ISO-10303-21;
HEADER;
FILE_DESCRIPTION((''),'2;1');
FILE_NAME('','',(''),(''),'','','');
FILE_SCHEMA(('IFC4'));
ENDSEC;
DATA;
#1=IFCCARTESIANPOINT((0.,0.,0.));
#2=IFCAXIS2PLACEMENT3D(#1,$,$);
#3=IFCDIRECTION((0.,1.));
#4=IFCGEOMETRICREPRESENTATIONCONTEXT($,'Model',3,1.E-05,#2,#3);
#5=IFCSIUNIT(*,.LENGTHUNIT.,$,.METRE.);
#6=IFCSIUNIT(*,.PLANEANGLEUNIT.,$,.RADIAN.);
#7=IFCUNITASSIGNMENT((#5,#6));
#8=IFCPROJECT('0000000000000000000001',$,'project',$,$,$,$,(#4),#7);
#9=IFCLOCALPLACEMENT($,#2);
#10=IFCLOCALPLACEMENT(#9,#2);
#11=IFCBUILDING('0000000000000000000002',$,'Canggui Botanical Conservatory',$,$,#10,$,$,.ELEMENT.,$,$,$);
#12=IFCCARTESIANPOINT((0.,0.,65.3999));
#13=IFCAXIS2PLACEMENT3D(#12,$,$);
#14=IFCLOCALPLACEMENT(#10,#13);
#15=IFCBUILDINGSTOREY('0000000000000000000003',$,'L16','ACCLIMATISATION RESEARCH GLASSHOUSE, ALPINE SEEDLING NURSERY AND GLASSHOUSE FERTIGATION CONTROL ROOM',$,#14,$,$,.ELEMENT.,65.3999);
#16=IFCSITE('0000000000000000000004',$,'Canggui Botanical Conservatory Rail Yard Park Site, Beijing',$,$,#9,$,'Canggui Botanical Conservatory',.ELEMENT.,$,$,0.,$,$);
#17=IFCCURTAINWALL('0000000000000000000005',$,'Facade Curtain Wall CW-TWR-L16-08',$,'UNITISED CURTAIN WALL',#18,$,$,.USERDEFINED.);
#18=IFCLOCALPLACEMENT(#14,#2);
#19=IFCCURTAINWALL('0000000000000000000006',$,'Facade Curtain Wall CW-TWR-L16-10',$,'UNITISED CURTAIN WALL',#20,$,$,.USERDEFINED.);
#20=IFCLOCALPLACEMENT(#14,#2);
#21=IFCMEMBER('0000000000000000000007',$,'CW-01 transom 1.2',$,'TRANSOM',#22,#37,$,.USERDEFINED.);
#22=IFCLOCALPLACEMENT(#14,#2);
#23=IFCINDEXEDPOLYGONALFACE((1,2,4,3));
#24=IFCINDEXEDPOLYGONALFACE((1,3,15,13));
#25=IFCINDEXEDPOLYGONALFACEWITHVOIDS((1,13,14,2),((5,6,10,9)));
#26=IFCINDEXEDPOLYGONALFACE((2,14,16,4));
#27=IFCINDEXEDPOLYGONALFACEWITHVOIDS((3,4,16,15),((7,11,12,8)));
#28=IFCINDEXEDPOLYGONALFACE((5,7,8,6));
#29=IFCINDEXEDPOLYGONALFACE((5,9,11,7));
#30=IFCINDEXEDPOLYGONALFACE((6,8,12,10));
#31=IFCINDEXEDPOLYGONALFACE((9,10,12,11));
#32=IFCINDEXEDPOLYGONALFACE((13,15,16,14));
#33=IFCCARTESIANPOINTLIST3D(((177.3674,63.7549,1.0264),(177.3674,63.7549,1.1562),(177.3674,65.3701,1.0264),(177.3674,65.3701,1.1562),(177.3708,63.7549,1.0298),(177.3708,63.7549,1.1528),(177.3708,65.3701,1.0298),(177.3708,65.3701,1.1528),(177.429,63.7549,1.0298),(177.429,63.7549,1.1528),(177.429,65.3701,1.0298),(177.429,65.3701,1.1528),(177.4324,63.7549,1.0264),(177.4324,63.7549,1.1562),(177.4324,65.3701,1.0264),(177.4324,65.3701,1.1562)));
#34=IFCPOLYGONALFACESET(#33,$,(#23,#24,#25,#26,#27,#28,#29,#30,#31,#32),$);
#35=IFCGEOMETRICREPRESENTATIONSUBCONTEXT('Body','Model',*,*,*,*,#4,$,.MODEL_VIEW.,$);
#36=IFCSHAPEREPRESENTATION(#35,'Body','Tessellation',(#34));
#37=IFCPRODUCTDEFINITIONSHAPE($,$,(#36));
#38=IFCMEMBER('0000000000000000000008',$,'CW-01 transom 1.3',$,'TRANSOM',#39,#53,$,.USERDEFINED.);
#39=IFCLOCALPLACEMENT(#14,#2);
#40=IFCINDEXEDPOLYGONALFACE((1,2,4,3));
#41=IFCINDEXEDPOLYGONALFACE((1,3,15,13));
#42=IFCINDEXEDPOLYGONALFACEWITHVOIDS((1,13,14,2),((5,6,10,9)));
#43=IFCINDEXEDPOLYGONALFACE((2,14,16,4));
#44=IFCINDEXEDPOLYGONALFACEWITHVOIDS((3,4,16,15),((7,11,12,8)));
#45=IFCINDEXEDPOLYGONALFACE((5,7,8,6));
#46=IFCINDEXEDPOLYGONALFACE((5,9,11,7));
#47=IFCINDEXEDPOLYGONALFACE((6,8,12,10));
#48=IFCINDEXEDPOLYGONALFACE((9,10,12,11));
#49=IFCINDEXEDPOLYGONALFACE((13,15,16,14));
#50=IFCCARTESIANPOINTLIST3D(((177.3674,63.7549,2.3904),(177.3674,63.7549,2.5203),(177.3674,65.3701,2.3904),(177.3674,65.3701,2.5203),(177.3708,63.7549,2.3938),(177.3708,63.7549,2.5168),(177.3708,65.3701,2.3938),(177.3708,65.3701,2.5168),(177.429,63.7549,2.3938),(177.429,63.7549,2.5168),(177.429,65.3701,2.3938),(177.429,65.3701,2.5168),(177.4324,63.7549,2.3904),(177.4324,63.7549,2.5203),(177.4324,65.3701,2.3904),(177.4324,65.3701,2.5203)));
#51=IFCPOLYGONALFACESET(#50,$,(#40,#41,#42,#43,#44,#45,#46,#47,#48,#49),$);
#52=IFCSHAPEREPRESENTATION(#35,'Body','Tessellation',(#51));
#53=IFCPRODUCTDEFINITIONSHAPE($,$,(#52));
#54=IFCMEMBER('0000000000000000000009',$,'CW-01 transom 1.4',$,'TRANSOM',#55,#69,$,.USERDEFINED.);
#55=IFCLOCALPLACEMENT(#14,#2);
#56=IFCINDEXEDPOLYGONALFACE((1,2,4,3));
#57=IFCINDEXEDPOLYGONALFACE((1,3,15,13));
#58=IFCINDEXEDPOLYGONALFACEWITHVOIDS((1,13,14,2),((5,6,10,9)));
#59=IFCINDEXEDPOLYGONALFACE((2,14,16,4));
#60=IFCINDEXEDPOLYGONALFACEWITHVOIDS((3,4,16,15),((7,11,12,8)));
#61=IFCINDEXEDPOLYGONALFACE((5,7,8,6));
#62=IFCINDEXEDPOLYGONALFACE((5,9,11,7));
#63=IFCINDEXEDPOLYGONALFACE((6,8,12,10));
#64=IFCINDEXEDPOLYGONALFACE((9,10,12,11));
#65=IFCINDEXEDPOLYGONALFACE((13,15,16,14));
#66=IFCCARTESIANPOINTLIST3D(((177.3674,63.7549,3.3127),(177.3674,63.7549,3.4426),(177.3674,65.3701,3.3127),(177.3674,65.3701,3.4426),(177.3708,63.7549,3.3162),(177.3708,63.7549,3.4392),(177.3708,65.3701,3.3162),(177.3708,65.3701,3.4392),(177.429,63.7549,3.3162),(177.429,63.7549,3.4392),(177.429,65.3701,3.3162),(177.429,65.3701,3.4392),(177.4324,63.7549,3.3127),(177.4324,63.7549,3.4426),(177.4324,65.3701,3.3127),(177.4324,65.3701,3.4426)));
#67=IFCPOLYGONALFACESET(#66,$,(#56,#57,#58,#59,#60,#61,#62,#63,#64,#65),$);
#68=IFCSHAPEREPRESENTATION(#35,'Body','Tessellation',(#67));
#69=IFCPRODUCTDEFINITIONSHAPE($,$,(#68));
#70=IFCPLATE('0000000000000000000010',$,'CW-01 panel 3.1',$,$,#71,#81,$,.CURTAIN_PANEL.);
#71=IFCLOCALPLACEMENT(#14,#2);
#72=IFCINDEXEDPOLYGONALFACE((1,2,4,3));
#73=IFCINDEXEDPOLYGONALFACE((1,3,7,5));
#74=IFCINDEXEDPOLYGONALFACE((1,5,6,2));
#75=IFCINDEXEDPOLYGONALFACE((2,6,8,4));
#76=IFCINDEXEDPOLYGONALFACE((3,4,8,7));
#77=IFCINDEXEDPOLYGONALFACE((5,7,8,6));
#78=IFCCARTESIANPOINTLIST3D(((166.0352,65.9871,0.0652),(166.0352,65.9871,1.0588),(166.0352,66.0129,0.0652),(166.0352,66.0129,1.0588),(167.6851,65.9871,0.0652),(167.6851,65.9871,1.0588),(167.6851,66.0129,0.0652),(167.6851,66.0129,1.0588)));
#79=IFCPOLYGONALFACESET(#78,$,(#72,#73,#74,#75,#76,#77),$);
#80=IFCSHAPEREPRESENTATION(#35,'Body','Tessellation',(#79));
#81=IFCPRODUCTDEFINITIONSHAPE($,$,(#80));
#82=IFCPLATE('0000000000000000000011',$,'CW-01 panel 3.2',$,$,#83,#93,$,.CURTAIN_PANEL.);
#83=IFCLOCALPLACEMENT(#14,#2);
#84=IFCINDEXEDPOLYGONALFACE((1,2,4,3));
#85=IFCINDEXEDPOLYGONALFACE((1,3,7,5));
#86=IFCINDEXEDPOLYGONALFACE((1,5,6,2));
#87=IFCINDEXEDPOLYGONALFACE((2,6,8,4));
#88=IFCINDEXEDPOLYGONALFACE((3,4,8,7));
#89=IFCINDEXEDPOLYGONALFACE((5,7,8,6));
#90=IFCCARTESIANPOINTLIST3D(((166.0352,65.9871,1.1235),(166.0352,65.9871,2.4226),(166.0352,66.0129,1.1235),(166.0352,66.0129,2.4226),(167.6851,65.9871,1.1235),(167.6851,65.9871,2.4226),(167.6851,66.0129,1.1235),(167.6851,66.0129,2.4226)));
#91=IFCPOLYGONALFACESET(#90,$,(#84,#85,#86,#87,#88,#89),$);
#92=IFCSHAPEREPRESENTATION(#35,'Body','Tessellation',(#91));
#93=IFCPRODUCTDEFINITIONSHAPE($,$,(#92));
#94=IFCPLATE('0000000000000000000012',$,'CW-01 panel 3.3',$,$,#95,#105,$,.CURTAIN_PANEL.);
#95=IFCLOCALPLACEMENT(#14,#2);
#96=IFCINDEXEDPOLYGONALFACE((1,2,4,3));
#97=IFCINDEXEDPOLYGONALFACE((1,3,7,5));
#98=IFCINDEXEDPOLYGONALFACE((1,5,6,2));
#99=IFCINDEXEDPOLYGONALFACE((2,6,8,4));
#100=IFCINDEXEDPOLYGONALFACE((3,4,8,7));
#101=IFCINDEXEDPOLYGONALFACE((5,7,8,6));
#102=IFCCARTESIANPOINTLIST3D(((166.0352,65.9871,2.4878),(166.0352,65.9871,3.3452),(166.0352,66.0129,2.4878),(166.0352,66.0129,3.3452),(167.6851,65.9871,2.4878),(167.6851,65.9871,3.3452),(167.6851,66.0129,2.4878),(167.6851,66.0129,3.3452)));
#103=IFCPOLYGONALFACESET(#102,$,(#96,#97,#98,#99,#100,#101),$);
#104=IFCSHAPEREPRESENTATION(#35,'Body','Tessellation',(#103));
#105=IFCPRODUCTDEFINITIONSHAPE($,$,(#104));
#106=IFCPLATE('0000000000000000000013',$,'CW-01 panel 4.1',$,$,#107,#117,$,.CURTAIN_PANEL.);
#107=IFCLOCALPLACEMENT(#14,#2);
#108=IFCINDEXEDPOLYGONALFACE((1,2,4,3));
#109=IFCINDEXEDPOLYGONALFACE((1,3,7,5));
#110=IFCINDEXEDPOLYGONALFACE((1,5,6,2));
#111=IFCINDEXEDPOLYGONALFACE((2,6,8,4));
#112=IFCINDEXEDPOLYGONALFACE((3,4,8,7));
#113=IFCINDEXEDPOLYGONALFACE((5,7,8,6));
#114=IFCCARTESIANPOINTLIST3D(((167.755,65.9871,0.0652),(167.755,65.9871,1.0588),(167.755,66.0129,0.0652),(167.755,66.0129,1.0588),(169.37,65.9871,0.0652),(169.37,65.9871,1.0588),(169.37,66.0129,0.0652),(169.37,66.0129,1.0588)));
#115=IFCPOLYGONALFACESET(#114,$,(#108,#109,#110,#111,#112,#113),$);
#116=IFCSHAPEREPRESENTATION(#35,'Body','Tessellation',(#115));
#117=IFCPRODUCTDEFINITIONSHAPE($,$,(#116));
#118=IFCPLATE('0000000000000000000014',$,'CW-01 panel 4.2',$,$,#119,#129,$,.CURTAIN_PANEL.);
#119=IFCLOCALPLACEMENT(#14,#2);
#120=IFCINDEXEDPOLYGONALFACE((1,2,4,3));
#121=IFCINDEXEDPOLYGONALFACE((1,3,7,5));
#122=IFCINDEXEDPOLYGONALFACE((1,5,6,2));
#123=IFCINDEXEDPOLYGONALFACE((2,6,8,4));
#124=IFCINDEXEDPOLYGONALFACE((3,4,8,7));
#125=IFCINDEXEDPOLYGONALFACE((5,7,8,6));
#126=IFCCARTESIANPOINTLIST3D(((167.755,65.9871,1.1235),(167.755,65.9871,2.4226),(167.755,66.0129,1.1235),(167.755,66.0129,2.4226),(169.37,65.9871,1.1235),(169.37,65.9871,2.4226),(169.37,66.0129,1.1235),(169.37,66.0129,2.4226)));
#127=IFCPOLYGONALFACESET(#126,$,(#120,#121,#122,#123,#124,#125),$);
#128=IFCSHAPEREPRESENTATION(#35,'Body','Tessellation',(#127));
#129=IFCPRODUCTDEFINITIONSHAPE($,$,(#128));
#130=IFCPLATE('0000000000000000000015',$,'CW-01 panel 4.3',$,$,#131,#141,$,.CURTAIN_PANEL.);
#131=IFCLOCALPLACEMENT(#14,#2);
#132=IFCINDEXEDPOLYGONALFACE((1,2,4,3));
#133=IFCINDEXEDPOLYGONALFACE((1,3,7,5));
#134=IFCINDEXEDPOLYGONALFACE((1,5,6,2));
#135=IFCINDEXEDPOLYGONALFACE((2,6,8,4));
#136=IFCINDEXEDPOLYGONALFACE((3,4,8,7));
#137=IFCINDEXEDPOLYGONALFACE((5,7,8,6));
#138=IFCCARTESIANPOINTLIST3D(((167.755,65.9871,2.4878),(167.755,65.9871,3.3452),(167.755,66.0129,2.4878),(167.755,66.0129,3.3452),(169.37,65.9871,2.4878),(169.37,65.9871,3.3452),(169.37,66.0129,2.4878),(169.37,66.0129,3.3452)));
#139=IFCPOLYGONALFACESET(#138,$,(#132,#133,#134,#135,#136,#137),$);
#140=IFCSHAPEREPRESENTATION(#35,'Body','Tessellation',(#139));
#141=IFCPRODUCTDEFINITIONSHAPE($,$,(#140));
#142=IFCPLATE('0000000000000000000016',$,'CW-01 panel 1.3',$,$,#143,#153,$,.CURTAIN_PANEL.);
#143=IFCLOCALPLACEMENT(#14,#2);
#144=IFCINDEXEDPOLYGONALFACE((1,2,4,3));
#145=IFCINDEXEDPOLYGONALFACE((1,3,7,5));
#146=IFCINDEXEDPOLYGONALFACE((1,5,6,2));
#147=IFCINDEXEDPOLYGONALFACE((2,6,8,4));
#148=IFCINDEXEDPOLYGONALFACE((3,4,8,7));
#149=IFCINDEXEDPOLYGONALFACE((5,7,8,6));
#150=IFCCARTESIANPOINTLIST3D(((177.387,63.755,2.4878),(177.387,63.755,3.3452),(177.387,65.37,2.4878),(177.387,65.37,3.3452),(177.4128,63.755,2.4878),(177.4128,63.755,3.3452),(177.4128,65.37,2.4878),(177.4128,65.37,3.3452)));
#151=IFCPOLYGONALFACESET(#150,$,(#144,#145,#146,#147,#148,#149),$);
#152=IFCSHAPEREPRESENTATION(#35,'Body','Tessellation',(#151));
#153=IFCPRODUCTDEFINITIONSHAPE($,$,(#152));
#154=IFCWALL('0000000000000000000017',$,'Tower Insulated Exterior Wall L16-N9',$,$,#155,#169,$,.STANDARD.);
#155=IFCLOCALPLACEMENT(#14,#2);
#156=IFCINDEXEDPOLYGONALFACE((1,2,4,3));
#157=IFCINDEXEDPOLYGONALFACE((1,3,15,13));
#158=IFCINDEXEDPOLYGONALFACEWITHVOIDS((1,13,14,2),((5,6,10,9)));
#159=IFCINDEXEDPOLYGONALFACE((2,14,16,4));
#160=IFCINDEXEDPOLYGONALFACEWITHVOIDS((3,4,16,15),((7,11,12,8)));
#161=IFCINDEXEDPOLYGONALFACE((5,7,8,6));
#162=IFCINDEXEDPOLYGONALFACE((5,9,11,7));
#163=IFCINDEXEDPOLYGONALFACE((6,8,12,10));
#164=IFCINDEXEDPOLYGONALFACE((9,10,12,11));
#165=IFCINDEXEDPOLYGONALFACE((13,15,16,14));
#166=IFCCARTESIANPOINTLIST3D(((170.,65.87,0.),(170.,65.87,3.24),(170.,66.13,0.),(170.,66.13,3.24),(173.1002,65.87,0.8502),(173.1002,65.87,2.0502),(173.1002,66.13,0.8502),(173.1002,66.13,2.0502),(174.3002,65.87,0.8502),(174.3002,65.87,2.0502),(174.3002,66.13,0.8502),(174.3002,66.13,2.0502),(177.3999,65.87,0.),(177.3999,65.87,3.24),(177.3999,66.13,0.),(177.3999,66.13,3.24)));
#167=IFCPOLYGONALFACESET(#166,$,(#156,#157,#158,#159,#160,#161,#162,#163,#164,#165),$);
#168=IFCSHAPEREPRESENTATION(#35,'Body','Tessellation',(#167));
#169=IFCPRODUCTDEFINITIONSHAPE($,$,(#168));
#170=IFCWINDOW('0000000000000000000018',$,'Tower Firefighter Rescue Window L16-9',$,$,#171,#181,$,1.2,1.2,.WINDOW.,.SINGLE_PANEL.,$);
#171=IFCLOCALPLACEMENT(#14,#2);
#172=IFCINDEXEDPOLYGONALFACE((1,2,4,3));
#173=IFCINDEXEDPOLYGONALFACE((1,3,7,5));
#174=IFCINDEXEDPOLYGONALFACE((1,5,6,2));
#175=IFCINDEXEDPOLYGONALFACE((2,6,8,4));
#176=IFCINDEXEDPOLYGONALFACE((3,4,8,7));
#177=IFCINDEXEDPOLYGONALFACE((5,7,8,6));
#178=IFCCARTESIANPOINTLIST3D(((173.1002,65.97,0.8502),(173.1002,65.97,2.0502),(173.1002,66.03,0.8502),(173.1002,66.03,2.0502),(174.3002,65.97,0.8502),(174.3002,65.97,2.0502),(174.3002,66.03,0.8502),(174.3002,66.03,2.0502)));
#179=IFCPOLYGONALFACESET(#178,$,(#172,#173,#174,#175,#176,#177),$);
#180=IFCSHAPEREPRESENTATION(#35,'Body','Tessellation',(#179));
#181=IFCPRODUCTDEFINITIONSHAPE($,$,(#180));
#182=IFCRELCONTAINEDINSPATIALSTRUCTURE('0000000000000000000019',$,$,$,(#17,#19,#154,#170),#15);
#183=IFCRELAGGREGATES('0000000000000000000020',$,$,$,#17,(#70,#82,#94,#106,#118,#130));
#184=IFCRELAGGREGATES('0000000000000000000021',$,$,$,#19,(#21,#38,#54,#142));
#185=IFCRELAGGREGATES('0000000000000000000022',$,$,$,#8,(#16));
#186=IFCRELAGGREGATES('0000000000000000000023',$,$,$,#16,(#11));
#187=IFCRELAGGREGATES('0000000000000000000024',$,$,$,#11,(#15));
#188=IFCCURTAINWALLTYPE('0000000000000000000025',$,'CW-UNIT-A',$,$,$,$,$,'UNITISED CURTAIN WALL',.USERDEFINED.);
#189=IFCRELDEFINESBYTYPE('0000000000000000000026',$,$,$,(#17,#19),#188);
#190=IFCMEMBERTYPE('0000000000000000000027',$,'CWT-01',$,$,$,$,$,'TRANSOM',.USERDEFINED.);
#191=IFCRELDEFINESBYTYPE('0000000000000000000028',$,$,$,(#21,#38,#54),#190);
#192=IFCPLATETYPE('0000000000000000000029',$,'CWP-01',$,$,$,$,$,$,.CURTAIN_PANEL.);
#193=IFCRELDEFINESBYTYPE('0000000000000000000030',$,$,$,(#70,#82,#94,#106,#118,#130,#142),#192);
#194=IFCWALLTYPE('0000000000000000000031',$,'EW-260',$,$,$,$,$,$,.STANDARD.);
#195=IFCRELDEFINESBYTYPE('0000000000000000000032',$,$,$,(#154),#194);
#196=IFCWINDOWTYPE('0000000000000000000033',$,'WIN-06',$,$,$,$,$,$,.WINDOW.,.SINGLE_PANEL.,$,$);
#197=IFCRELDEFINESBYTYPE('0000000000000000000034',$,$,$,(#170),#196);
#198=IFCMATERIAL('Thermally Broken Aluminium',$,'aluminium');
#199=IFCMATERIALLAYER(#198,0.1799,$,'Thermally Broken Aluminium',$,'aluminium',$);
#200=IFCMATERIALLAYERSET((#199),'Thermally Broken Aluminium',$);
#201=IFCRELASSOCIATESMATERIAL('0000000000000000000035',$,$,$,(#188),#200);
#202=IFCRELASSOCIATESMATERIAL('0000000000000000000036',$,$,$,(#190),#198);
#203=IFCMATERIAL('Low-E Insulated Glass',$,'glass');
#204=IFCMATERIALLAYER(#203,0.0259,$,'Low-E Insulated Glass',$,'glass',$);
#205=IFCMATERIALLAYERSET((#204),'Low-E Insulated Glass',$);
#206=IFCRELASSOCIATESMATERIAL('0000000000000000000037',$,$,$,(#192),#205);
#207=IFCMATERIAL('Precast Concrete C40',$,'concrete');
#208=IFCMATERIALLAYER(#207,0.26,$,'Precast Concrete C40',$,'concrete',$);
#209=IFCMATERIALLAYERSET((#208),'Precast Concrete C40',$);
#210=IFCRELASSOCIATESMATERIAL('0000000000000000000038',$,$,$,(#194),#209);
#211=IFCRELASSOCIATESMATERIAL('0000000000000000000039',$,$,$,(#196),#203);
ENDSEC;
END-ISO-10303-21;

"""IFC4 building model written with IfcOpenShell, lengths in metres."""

from ifc_helpers import new_model, si_unit, direction, frame, frame_2d, origin, origin_2d, place, context, subcontext, project, spatial, rectangle, hollow_rectangle, extrude, material, layer, layer_set, material_profile, profile_set, type_object, element, fill, aggregate, save


model = new_model("IFC4")

# Units and contexts
model_context = context("Model", 3, precision=1e-05, world=origin(), true_north=direction((0.0, 1.0)))
body_context = subcontext(model_context, "Body", "Model", "MODEL_VIEW")
ifc_project = project(units=[si_unit("LENGTHUNIT", "METRE"), si_unit("PLANEANGLEUNIT", "RADIAN")], contexts=[model_context])

# Site, building, storey
site_placement = place(None, origin())
site = spatial("IfcSite", under=ifc_project, at=site_placement, Name="Canggui Botanical Conservatory Rail Yard Park Site, Beijing", LongName="Canggui Botanical Conservatory", CompositionType="ELEMENT", RefElevation=0.0)
building_placement = place(site_placement, origin())
building = spatial("IfcBuilding", under=site, at=building_placement, Name="Canggui Botanical Conservatory", CompositionType="ELEMENT")
storey_placement = place(building_placement, frame((0.0, 0.0, 65.3999)))
storey = spatial("IfcBuildingStorey", under=building, at=storey_placement, Name="L16", Description="ACCLIMATISATION RESEARCH GLASSHOUSE, ALPINE SEEDLING NURSERY AND GLASSHOUSE FERTIGATION CONTROL ROOM", CompositionType="ELEMENT", Elevation=65.3999)

# Curtain wall
ifc_material_1 = material(Name="Thermally Broken Aluminium", Category="aluminium")
ifc_layer_1 = layer(ifc_material_1, 0.1799, Name="Thermally Broken Aluminium", Category="aluminium")
ifc_layer_set_1 = layer_set([ifc_layer_1], Name="Thermally Broken Aluminium")
curtain_wall_type = type_object("IfcCurtainWallType", Name="CW-UNIT-A", ElementType="UNITISED CURTAIN WALL", PredefinedType="USERDEFINED", material=ifc_layer_set_1)
curtain_wall_1_placement = place(storey_placement, origin())
curtain_wall_1 = element("IfcCurtainWall", 1, at=curtain_wall_1_placement, inside=storey, type_object=curtain_wall_type, Name="Facade Curtain Wall CW-TWR-L16-08", ObjectType="UNITISED CURTAIN WALL", PredefinedType="USERDEFINED")

# Curtain wall
curtain_wall_2_placement = place(storey_placement, origin())
curtain_wall_2 = element("IfcCurtainWall", 2, at=curtain_wall_2_placement, inside=storey, type_object=curtain_wall_type, Name="Facade Curtain Wall CW-TWR-L16-10", ObjectType="UNITISED CURTAIN WALL", PredefinedType="USERDEFINED")

# Members
ifc_material_profile_1 = material_profile(ifc_material_1, hollow_rectangle(XDim=0.0649, YDim=0.1299, WallThickness=0.0034, at=origin_2d()), Name="CWT 65x130x3.5")
ifc_profile_set_1 = profile_set([ifc_material_profile_1], Name="Thermally Broken Aluminium")
member_type_1 = type_object("IfcMemberType", Name="CWT-01", ElementType="TRANSOM", PredefinedType="USERDEFINED", material=ifc_profile_set_1)
member_1_placement = place(storey_placement, frame((177.3999, 65.3701, 1.0913), z_axis=(0.0, -1.0, 0.0), x_axis=(1.0, 0.0, 0.0)))
member_1 = element("IfcMember", 3, at=member_1_placement, type_object=member_type_1, Name="CW-01 transom 1.2", ObjectType="TRANSOM", PredefinedType="USERDEFINED", context=body_context, shape_type="SweptSolid", body=[
    extrude(hollow_rectangle(XDim=0.0649, YDim=0.1299, WallThickness=0.0034, at=origin_2d()), origin(), (0.0, 0.0, 1.0), 1.6152),
])
member_2_placement = place(storey_placement, frame((177.3999, 65.3701, 2.4553), z_axis=(0.0, -1.0, 0.0), x_axis=(1.0, 0.0, 0.0)))
member_2 = element("IfcMember", 4, at=member_2_placement, type_object=member_type_1, Name="CW-01 transom 1.3", ObjectType="TRANSOM", PredefinedType="USERDEFINED", context=body_context, shape_type="SweptSolid", body=[
    extrude(hollow_rectangle(XDim=0.0649, YDim=0.1299, WallThickness=0.0034, at=origin_2d()), origin(), (0.0, 0.0, 1.0), 1.6152),
])
member_3_placement = place(storey_placement, frame((177.3999, 65.3701, 3.3777), z_axis=(0.0, -1.0, 0.0), x_axis=(1.0, 0.0, 0.0)))
member_3 = element("IfcMember", 5, at=member_3_placement, type_object=member_type_1, Name="CW-01 transom 1.4", ObjectType="TRANSOM", PredefinedType="USERDEFINED", context=body_context, shape_type="SweptSolid", body=[
    extrude(hollow_rectangle(XDim=0.0649, YDim=0.1299, WallThickness=0.0034, at=origin_2d()), origin(), (0.0, 0.0, 1.0), 1.6152),
])

# Plates
ifc_material_2 = material(Name="Low-E Insulated Glass", Category="glass")
ifc_layer_2 = layer(ifc_material_2, 0.0259, Name="Low-E Insulated Glass", Category="glass")
ifc_layer_set_2 = layer_set([ifc_layer_2], Name="Low-E Insulated Glass")
plate_type = type_object("IfcPlateType", Name="CWP-01", PredefinedType="CURTAIN_PANEL", material=ifc_layer_set_2)
plate_1_placement = place(storey_placement, frame((166.8601, 66.0, 0.0652), z_axis=(0.0, 0.0, 1.0), x_axis=(1.0, 0.0, 0.0)))
plate_1 = element("IfcPlate", 6, at=plate_1_placement, type_object=plate_type, Name="CW-01 panel 3.1", PredefinedType="CURTAIN_PANEL", context=body_context, shape_type="SweptSolid", body=[
    extrude(rectangle(XDim=1.6499, YDim=0.0259, at=origin_2d()), origin(), (0.0, 0.0, 1.0), 0.9937),
])
plate_2_placement = place(storey_placement, frame((166.8601, 66.0, 1.1235), z_axis=(0.0, 0.0, 1.0), x_axis=(1.0, 0.0, 0.0)))
plate_2 = element("IfcPlate", 7, at=plate_2_placement, type_object=plate_type, Name="CW-01 panel 3.2", PredefinedType="CURTAIN_PANEL", context=body_context, shape_type="SweptSolid", body=[
    extrude(rectangle(XDim=1.6499, YDim=0.0259, at=origin_2d()), origin(), (0.0, 0.0, 1.0), 1.2991),
])
plate_3_placement = place(storey_placement, frame((166.8601, 66.0, 2.4878), z_axis=(0.0, 0.0, 1.0), x_axis=(1.0, 0.0, 0.0)))
plate_3 = element("IfcPlate", 8, at=plate_3_placement, type_object=plate_type, Name="CW-01 panel 3.3", PredefinedType="CURTAIN_PANEL", context=body_context, shape_type="SweptSolid", body=[
    extrude(rectangle(XDim=1.6499, YDim=0.0259, at=origin_2d()), origin(), (0.0, 0.0, 1.0), 0.8574),
])
plate_4_placement = place(storey_placement, frame((168.5625, 66.0, 0.0652), z_axis=(0.0, 0.0, 1.0), x_axis=(1.0, 0.0, 0.0)))
plate_4 = element("IfcPlate", 9, at=plate_4_placement, type_object=plate_type, Name="CW-01 panel 4.1", PredefinedType="CURTAIN_PANEL", context=body_context, shape_type="SweptSolid", body=[
    extrude(rectangle(XDim=1.615, YDim=0.0259, at=origin_2d()), origin(), (0.0, 0.0, 1.0), 0.9937),
])
plate_5_placement = place(storey_placement, frame((168.5625, 66.0, 1.1235), z_axis=(0.0, 0.0, 1.0), x_axis=(1.0, 0.0, 0.0)))
plate_5 = element("IfcPlate", 10, at=plate_5_placement, type_object=plate_type, Name="CW-01 panel 4.2", PredefinedType="CURTAIN_PANEL", context=body_context, shape_type="SweptSolid", body=[
    extrude(rectangle(XDim=1.615, YDim=0.0259, at=origin_2d()), origin(), (0.0, 0.0, 1.0), 1.2991),
])
plate_6_placement = place(storey_placement, frame((168.5625, 66.0, 2.4878), z_axis=(0.0, 0.0, 1.0), x_axis=(1.0, 0.0, 0.0)))
plate_6 = element("IfcPlate", 11, at=plate_6_placement, type_object=plate_type, Name="CW-01 panel 4.3", PredefinedType="CURTAIN_PANEL", context=body_context, shape_type="SweptSolid", body=[
    extrude(rectangle(XDim=1.615, YDim=0.0259, at=origin_2d()), origin(), (0.0, 0.0, 1.0), 0.8574),
])
aggregate(curtain_wall_1, [plate_1, plate_2, plate_3, plate_4, plate_5, plate_6])
plate_7_placement = place(storey_placement, frame((177.3999, 64.5625, 2.4878), z_axis=(0.0, 0.0, 1.0), x_axis=(0.0, -1.0, 0.0)))
plate_7 = element("IfcPlate", 12, at=plate_7_placement, type_object=plate_type, Name="CW-01 panel 1.3", PredefinedType="CURTAIN_PANEL", context=body_context, shape_type="SweptSolid", body=[
    extrude(rectangle(XDim=1.615, YDim=0.0259, at=origin_2d()), origin(), (0.0, 0.0, 1.0), 0.8574),
])
aggregate(curtain_wall_2, [member_1, member_2, member_3, plate_7])

# Wall, opening, window
ifc_material_3 = material(Name="Precast Concrete C40", Category="concrete")
ifc_layer_3 = layer(ifc_material_3, 0.26, Name="Precast Concrete C40", Category="concrete")
ifc_layer_set_3 = layer_set([ifc_layer_3], Name="Precast Concrete C40")
wall_type = type_object("IfcWallType", Name="EW-260", PredefinedType="STANDARD", material=ifc_layer_set_3)
wall_placement = place(storey_placement, frame((170.0, 66.0, 0.0), z_axis=(0.0, 0.0, 1.0), x_axis=(1.0, 0.0, 0.0)))
wall = element("IfcWall", 13, at=wall_placement, inside=storey, type_object=wall_type, Name="Tower Insulated Exterior Wall L16-N9", PredefinedType="STANDARD", context=body_context, shape_type="SweptSolid", body=[
    extrude(rectangle(XDim=7.3999, YDim=0.26, at=frame_2d((3.7, 0.0))), origin(), (0.0, 0.0, 1.0), 3.24),
])
opening_placement = place(wall_placement, frame((3.1001, 0.0, 0.8501)))
opening = element("IfcOpeningElement", 14, at=opening_placement, cuts=wall, PredefinedType="OPENING", context=body_context, shape_type="SweptSolid", body=[
    extrude(rectangle(XDim=1.2, YDim=1.2, at=frame_2d((0.6001, 0.6001))), frame((0.0, 0.1401, 0.0), z_axis=(0.0, -1.0, 0.0), x_axis=(1.0, 0.0, 0.0)), (0.0, 0.0, 1.0), 0.28),
])
window_type = type_object("IfcWindowType", Name="WIN-06", PartitioningType="SINGLE_PANEL", PredefinedType="WINDOW", material=ifc_material_2)
window_placement = place(opening_placement, origin())
window = element("IfcWindow", 15, at=window_placement, inside=storey, type_object=window_type, Name="Tower Firefighter Rescue Window L16-9", OverallHeight=1.2, OverallWidth=1.2, PartitioningType="SINGLE_PANEL", PredefinedType="WINDOW", context=body_context, shape_type="SweptSolid", body=[
    extrude(rectangle(XDim=1.2, YDim=1.2, at=frame_2d((0.6001, 0.6001))), frame((0.0, 0.03, 0.0), z_axis=(0.0, -1.0, 0.0), x_axis=(1.0, 0.0, 0.0)), (0.0, 0.0, 1.0), 0.0601),
])
fill(opening, window)

save(model, "model.ifc")
